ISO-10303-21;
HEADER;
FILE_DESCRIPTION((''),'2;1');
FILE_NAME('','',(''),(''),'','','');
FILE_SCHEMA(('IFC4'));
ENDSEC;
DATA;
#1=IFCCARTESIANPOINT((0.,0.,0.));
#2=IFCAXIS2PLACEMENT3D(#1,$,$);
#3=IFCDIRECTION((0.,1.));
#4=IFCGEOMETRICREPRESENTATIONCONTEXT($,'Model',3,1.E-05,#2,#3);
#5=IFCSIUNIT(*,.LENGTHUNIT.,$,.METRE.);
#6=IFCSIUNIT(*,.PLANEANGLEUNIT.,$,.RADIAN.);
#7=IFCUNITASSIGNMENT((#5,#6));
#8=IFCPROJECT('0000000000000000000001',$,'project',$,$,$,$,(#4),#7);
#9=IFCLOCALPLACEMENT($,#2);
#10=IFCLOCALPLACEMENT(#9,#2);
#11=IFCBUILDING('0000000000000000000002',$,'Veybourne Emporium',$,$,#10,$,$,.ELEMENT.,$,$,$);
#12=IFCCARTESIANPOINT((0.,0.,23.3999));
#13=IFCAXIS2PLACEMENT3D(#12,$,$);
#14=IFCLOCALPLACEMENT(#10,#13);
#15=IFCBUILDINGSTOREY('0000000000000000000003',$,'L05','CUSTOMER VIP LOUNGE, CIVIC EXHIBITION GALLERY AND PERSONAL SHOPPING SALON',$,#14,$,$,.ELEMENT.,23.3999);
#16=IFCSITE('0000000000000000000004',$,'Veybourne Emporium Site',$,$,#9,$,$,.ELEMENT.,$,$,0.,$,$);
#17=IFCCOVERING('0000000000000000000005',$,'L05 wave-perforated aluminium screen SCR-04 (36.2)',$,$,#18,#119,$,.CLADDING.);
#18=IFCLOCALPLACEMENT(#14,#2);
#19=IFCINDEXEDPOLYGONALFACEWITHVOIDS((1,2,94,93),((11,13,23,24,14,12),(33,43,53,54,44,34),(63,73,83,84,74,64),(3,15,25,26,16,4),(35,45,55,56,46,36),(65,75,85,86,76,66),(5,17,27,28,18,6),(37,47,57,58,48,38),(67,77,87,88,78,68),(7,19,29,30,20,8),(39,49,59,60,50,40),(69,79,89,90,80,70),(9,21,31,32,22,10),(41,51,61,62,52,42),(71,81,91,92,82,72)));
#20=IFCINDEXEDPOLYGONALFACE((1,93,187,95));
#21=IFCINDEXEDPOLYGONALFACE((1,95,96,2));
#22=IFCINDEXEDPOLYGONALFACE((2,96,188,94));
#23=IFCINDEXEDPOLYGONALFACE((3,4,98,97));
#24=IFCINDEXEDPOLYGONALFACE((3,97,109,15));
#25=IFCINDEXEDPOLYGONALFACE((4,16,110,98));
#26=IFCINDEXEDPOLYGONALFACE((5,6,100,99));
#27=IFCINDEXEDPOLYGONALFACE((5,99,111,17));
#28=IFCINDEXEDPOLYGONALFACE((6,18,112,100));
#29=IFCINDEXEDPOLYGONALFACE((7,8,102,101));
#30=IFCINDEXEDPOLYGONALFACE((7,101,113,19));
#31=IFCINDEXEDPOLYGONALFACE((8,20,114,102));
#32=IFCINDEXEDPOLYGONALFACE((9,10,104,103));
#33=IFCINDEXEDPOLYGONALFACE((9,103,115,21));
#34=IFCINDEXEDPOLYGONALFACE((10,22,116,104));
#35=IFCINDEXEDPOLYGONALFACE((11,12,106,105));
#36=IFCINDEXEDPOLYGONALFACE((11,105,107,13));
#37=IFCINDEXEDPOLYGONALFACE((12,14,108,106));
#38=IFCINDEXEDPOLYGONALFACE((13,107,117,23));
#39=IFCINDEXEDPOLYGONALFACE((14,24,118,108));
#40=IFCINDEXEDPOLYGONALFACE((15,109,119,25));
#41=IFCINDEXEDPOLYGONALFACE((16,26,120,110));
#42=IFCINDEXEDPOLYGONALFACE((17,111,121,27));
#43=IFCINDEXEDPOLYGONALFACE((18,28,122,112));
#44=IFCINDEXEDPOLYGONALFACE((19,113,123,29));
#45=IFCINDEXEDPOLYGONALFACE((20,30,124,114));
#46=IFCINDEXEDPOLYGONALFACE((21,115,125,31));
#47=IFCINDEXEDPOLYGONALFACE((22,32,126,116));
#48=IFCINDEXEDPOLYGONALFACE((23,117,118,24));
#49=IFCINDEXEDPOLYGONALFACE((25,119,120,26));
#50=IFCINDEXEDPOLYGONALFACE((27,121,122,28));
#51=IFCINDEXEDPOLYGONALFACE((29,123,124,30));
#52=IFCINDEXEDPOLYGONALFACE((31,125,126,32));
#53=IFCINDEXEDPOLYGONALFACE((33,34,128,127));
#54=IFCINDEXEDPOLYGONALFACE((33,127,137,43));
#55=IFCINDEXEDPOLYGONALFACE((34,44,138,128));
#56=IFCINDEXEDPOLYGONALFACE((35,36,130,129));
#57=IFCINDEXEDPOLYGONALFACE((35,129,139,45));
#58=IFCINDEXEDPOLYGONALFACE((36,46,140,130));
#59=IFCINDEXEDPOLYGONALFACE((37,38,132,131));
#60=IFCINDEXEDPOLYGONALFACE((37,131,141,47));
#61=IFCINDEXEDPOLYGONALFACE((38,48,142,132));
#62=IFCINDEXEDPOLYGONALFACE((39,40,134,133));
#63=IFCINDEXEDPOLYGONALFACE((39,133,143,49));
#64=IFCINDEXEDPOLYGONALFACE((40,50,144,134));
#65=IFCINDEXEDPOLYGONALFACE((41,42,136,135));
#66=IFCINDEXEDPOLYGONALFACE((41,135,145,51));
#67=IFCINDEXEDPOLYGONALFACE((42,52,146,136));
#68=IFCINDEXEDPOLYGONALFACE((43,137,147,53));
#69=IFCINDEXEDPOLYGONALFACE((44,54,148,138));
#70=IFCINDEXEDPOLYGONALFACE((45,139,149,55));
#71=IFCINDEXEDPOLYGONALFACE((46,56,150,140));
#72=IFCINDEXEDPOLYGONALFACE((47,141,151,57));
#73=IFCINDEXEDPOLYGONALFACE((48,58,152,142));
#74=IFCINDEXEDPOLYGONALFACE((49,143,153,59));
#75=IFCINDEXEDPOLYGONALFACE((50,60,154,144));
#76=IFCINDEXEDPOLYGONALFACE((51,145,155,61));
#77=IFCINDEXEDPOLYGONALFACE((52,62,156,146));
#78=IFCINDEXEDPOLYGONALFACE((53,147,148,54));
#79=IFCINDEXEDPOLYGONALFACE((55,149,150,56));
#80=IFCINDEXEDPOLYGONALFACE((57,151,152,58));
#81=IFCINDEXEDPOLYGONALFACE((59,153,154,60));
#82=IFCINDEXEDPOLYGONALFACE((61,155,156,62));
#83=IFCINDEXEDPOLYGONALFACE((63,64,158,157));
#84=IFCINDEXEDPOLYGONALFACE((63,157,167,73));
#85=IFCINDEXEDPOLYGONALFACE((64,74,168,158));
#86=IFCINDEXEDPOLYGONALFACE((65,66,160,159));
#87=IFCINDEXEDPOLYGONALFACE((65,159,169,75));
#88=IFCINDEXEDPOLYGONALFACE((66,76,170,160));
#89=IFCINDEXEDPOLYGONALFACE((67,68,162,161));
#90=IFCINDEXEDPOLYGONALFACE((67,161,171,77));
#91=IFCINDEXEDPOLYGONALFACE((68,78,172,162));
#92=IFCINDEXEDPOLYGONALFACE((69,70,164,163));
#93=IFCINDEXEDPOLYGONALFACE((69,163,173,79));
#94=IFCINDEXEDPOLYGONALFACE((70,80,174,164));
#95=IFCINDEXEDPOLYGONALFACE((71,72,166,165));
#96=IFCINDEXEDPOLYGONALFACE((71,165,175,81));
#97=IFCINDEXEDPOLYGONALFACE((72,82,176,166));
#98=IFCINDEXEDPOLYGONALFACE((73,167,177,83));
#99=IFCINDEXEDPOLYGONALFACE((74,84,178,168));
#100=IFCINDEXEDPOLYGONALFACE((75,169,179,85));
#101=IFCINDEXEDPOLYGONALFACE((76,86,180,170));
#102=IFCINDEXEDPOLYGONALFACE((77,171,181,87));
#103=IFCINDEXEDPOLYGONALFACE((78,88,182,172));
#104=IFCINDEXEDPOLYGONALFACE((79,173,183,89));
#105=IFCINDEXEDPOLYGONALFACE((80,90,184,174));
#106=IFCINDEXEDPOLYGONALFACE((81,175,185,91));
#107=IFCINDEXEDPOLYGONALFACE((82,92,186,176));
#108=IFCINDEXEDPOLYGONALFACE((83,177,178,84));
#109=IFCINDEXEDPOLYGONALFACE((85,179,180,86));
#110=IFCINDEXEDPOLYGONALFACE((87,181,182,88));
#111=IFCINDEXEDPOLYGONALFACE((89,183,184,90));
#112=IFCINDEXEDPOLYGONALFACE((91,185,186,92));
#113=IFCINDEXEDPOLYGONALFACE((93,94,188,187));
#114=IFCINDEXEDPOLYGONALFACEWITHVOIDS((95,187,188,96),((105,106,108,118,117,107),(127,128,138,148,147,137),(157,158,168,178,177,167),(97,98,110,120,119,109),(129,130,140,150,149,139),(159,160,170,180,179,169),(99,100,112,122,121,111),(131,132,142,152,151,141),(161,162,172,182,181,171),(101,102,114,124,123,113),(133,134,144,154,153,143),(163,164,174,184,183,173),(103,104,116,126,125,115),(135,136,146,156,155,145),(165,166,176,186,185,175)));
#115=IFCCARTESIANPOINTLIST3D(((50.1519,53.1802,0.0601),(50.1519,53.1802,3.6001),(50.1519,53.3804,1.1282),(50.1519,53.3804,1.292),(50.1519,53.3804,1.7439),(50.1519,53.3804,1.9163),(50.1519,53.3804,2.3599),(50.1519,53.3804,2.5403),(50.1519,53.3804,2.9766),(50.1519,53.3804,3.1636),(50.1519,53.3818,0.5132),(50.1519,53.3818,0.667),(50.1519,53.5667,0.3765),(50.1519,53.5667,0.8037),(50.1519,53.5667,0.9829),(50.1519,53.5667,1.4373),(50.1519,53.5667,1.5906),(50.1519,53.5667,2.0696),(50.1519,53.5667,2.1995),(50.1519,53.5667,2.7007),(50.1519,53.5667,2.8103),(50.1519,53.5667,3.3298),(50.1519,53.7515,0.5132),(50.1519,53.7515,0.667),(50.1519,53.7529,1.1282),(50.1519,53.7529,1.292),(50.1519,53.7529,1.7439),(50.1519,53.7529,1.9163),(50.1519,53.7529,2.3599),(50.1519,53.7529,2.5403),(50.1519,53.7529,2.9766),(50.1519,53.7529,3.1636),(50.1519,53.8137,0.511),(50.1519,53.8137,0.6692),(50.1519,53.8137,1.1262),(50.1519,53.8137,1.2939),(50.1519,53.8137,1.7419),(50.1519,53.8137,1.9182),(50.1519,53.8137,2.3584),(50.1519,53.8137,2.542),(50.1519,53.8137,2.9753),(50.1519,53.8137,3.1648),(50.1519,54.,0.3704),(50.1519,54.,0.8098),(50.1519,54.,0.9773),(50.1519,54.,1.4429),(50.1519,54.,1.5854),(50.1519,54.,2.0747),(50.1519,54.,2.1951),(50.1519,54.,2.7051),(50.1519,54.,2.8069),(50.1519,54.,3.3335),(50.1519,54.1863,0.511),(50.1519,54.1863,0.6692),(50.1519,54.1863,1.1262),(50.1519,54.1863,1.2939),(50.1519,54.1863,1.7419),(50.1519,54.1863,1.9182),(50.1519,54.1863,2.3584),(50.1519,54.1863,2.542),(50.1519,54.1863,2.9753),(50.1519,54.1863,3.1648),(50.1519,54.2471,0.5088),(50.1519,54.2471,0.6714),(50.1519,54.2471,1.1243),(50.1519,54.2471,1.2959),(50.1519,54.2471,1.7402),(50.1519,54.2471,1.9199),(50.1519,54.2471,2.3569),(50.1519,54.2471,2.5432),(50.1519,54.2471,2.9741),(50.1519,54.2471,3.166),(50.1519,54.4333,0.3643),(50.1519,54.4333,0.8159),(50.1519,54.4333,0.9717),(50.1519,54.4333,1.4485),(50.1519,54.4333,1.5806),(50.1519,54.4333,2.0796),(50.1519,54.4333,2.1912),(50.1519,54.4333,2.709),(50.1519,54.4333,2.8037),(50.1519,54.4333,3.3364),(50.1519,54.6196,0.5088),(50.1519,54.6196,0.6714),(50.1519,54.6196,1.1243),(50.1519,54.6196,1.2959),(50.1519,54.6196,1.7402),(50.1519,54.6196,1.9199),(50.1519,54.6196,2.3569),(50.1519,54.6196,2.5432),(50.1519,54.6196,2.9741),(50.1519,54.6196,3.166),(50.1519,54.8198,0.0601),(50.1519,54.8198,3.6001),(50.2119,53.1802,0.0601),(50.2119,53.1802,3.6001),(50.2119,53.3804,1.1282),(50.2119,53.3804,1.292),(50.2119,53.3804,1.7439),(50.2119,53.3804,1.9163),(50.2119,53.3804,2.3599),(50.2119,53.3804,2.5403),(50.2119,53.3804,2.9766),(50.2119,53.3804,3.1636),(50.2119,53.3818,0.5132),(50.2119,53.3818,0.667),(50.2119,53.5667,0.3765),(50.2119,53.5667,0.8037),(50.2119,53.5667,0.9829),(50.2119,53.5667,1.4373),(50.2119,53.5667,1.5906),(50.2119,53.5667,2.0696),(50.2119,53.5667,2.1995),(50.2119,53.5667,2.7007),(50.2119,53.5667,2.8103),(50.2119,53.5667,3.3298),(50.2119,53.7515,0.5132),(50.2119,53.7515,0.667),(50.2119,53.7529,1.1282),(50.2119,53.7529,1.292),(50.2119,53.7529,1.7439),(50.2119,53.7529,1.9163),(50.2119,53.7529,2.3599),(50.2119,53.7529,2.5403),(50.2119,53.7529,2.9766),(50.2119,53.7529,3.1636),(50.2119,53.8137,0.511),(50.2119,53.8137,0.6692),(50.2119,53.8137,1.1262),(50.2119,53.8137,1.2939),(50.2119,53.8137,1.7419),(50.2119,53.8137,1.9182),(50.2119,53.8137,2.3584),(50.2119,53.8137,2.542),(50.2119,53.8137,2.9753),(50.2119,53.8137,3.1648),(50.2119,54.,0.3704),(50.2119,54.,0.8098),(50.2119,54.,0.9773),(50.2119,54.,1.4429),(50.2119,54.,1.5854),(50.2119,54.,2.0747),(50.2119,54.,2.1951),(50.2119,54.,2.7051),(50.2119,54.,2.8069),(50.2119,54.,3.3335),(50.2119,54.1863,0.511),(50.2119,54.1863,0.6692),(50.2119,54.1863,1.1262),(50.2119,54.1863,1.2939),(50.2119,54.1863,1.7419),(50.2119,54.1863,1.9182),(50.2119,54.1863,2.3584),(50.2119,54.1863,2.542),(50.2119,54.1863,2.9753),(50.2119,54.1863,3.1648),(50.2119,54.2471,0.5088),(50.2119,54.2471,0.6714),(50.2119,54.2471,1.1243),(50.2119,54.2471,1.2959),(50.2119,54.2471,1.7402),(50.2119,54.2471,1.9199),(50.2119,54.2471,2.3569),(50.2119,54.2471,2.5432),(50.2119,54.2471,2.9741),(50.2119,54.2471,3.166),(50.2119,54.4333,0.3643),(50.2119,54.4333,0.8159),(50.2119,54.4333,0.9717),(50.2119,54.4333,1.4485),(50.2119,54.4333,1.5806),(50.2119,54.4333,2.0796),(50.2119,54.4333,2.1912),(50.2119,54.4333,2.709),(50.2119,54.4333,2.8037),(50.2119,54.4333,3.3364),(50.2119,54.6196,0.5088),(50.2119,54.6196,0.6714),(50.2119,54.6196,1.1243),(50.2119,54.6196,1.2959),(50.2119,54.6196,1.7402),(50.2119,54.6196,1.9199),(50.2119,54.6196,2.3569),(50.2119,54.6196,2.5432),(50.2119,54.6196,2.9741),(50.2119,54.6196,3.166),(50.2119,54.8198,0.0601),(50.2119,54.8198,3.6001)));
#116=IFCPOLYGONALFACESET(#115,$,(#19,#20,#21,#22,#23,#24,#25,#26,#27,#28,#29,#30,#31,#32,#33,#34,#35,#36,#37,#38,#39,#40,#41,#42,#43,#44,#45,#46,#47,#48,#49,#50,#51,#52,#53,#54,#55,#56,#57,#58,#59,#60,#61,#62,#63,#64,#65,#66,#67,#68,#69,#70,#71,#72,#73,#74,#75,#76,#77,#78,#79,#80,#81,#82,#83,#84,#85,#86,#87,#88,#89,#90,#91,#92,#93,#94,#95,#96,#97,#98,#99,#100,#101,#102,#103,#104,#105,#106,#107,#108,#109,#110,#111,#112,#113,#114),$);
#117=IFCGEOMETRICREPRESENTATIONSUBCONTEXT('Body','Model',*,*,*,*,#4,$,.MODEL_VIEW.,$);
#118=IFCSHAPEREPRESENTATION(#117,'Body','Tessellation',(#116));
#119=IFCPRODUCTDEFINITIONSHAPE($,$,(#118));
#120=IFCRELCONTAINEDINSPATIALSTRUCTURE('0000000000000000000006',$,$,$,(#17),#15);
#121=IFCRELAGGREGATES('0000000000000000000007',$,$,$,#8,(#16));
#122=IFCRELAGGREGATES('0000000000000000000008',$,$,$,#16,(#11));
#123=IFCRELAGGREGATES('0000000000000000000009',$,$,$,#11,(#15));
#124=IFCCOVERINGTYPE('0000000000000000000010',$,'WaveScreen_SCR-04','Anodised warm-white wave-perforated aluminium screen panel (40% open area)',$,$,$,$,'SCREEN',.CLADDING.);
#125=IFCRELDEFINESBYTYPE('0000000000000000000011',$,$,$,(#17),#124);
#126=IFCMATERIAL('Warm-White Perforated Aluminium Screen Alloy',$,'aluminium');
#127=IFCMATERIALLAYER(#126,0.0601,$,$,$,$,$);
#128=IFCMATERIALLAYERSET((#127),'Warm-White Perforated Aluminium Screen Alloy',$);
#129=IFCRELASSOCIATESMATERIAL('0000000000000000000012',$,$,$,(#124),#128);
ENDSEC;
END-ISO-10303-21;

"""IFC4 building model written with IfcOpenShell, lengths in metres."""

from ifc_helpers import new_model, si_unit, direction, frame, origin, place, context, subcontext, project, spatial, polyline, outline, extrude, material, layer, layer_set, type_object, element, save


model = new_model("IFC4")

# Units and contexts
model_context = context("Model", 3, precision=1e-05, world=origin(), true_north=direction((0.0, 1.0)))
body_context = subcontext(model_context, "Body", "Model", "MODEL_VIEW")
ifc_project = project(units=[si_unit("LENGTHUNIT", "METRE"), si_unit("PLANEANGLEUNIT", "RADIAN")], contexts=[model_context])

# Site, building, storey
site_placement = place(None, origin())
site = spatial("IfcSite", under=ifc_project, at=site_placement, Name="Veybourne Emporium Site", CompositionType="ELEMENT", RefElevation=0.0)
building_placement = place(site_placement, origin())
building = spatial("IfcBuilding", under=site, at=building_placement, Name="Veybourne Emporium", CompositionType="ELEMENT")
storey_placement = place(building_placement, frame((0.0, 0.0, 23.3999)))
storey = spatial("IfcBuildingStorey", under=building, at=storey_placement, Name="L05", Description="CUSTOMER VIP LOUNGE, CIVIC EXHIBITION GALLERY AND PERSONAL SHOPPING SALON", CompositionType="ELEMENT", Elevation=23.3999)

# Covering
ifc_material_1 = material(Name="Warm-White Perforated Aluminium Screen Alloy", Category="aluminium")
ifc_layer_1 = layer(ifc_material_1, 0.0601)
ifc_layer_set_1 = layer_set([ifc_layer_1], Name="Warm-White Perforated Aluminium Screen Alloy")
covering_type_1 = type_object("IfcCoveringType", Name="WaveScreen_SCR-04", Description="Anodised warm-white wave-perforated aluminium screen panel (40% open area)", ElementType="SCREEN", PredefinedType="CLADDING", material=ifc_layer_set_1)
covering_1_placement = place(storey_placement, frame((50.1519, 54.0, 1.8301), z_axis=(1.0, 0.0, 0.0), x_axis=(0.0, 1.0, 0.0)))
element("IfcCovering", 1, at=covering_1_placement, inside=storey, type_object=covering_type_1, Name="L05 wave-perforated aluminium screen SCR-04 (36.2)", PredefinedType="CLADDING", context=body_context, shape_type="SweptSolid", body=[
    extrude(outline(polyline([(-0.8198, -1.77), (0.8198, -1.77), (0.8198, 1.77), (-0.8198, 1.77), (-0.8198, -1.77)]), holes=[polyline([(-0.4333, -1.0264), (-0.2485, -1.1631), (-0.2485, -1.3169), (-0.4333, -1.4536), (-0.6182, -1.3169), (-0.6182, -1.1631), (-0.4333, -1.0264)]), polyline([(-0.4333, -0.3928), (-0.2471, -0.5381), (-0.2471, -0.7019), (-0.4333, -0.8472), (-0.6196, -0.7019), (-0.6196, -0.5381), (-0.4333, -0.3928)]), polyline([(-0.4333, 0.2395), (-0.2471, 0.0862), (-0.2471, -0.0862), (-0.4333, -0.2395), (-0.6196, -0.0862), (-0.6196, 0.0862), (-0.4333, 0.2395)]), polyline([(-0.4333, 0.8706), (-0.2471, 0.7102), (-0.2471, 0.5298), (-0.4333, 0.3694), (-0.6196, 0.5298), (-0.6196, 0.7102), (-0.4333, 0.8706)]), polyline([(-0.4333, 1.4998), (-0.2471, 1.3335), (-0.2471, 1.1465), (-0.4333, 0.9802), (-0.6196, 1.1465), (-0.6196, 1.3335), (-0.4333, 1.4998)]), polyline([(0.0, -1.0203), (0.1863, -1.1609), (0.1863, -1.3191), (0.0, -1.4597), (-0.1863, -1.3191), (-0.1863, -1.1609), (0.0, -1.0203)]), polyline([(0.0, -0.3872), (0.1863, -0.5361), (0.1863, -0.7039), (0.0, -0.8528), (-0.1863, -0.7039), (-0.1863, -0.5361), (0.0, -0.3872)]), polyline([(0.0, 0.2446), (0.1863, 0.0881), (0.1863, -0.0881), (0.0, -0.2446), (-0.1863, -0.0881), (-0.1863, 0.0881), (0.0, 0.2446)]), polyline([(0.0, 0.875), (0.1863, 0.7119), (0.1863, 0.5283), (0.0, 0.365), (-0.1863, 0.5283), (-0.1863, 0.7119), (0.0, 0.875)]), polyline([(0.0, 1.5034), (0.1863, 1.3347), (0.1863, 1.1453), (0.0, 0.9768), (-0.1863, 1.1453), (-0.1863, 1.3347), (0.0, 1.5034)]), polyline([(0.4333, -1.0142), (0.6196, -1.1587), (0.6196, -1.3213), (0.4333, -1.4658), (0.2471, -1.3213), (0.2471, -1.1587), (0.4333, -1.0142)]), polyline([(0.4333, -0.3816), (0.6196, -0.5342), (0.6196, -0.7058), (0.4333, -0.8584), (0.2471, -0.7058), (0.2471, -0.5342), (0.4333, -0.3816)]), polyline([(0.4333, 0.2495), (0.6196, 0.0898), (0.6196, -0.0898), (0.4333, -0.2495), (0.2471, -0.0898), (0.2471, 0.0898), (0.4333, 0.2495)]), polyline([(0.4333, 0.8789), (0.6196, 0.7131), (0.6196, 0.5269), (0.4333, 0.3611), (0.2471, 0.5269), (0.2471, 0.7131), (0.4333, 0.8789)]), polyline([(0.4333, 1.5063), (0.6196, 1.3359), (0.6196, 1.144), (0.4333, 0.9736), (0.2471, 1.144), (0.2471, 1.3359), (0.4333, 1.5063)])]), origin(), (0.0, 0.0, 1.0), 0.0601),
])

save(model, "model.ifc")
